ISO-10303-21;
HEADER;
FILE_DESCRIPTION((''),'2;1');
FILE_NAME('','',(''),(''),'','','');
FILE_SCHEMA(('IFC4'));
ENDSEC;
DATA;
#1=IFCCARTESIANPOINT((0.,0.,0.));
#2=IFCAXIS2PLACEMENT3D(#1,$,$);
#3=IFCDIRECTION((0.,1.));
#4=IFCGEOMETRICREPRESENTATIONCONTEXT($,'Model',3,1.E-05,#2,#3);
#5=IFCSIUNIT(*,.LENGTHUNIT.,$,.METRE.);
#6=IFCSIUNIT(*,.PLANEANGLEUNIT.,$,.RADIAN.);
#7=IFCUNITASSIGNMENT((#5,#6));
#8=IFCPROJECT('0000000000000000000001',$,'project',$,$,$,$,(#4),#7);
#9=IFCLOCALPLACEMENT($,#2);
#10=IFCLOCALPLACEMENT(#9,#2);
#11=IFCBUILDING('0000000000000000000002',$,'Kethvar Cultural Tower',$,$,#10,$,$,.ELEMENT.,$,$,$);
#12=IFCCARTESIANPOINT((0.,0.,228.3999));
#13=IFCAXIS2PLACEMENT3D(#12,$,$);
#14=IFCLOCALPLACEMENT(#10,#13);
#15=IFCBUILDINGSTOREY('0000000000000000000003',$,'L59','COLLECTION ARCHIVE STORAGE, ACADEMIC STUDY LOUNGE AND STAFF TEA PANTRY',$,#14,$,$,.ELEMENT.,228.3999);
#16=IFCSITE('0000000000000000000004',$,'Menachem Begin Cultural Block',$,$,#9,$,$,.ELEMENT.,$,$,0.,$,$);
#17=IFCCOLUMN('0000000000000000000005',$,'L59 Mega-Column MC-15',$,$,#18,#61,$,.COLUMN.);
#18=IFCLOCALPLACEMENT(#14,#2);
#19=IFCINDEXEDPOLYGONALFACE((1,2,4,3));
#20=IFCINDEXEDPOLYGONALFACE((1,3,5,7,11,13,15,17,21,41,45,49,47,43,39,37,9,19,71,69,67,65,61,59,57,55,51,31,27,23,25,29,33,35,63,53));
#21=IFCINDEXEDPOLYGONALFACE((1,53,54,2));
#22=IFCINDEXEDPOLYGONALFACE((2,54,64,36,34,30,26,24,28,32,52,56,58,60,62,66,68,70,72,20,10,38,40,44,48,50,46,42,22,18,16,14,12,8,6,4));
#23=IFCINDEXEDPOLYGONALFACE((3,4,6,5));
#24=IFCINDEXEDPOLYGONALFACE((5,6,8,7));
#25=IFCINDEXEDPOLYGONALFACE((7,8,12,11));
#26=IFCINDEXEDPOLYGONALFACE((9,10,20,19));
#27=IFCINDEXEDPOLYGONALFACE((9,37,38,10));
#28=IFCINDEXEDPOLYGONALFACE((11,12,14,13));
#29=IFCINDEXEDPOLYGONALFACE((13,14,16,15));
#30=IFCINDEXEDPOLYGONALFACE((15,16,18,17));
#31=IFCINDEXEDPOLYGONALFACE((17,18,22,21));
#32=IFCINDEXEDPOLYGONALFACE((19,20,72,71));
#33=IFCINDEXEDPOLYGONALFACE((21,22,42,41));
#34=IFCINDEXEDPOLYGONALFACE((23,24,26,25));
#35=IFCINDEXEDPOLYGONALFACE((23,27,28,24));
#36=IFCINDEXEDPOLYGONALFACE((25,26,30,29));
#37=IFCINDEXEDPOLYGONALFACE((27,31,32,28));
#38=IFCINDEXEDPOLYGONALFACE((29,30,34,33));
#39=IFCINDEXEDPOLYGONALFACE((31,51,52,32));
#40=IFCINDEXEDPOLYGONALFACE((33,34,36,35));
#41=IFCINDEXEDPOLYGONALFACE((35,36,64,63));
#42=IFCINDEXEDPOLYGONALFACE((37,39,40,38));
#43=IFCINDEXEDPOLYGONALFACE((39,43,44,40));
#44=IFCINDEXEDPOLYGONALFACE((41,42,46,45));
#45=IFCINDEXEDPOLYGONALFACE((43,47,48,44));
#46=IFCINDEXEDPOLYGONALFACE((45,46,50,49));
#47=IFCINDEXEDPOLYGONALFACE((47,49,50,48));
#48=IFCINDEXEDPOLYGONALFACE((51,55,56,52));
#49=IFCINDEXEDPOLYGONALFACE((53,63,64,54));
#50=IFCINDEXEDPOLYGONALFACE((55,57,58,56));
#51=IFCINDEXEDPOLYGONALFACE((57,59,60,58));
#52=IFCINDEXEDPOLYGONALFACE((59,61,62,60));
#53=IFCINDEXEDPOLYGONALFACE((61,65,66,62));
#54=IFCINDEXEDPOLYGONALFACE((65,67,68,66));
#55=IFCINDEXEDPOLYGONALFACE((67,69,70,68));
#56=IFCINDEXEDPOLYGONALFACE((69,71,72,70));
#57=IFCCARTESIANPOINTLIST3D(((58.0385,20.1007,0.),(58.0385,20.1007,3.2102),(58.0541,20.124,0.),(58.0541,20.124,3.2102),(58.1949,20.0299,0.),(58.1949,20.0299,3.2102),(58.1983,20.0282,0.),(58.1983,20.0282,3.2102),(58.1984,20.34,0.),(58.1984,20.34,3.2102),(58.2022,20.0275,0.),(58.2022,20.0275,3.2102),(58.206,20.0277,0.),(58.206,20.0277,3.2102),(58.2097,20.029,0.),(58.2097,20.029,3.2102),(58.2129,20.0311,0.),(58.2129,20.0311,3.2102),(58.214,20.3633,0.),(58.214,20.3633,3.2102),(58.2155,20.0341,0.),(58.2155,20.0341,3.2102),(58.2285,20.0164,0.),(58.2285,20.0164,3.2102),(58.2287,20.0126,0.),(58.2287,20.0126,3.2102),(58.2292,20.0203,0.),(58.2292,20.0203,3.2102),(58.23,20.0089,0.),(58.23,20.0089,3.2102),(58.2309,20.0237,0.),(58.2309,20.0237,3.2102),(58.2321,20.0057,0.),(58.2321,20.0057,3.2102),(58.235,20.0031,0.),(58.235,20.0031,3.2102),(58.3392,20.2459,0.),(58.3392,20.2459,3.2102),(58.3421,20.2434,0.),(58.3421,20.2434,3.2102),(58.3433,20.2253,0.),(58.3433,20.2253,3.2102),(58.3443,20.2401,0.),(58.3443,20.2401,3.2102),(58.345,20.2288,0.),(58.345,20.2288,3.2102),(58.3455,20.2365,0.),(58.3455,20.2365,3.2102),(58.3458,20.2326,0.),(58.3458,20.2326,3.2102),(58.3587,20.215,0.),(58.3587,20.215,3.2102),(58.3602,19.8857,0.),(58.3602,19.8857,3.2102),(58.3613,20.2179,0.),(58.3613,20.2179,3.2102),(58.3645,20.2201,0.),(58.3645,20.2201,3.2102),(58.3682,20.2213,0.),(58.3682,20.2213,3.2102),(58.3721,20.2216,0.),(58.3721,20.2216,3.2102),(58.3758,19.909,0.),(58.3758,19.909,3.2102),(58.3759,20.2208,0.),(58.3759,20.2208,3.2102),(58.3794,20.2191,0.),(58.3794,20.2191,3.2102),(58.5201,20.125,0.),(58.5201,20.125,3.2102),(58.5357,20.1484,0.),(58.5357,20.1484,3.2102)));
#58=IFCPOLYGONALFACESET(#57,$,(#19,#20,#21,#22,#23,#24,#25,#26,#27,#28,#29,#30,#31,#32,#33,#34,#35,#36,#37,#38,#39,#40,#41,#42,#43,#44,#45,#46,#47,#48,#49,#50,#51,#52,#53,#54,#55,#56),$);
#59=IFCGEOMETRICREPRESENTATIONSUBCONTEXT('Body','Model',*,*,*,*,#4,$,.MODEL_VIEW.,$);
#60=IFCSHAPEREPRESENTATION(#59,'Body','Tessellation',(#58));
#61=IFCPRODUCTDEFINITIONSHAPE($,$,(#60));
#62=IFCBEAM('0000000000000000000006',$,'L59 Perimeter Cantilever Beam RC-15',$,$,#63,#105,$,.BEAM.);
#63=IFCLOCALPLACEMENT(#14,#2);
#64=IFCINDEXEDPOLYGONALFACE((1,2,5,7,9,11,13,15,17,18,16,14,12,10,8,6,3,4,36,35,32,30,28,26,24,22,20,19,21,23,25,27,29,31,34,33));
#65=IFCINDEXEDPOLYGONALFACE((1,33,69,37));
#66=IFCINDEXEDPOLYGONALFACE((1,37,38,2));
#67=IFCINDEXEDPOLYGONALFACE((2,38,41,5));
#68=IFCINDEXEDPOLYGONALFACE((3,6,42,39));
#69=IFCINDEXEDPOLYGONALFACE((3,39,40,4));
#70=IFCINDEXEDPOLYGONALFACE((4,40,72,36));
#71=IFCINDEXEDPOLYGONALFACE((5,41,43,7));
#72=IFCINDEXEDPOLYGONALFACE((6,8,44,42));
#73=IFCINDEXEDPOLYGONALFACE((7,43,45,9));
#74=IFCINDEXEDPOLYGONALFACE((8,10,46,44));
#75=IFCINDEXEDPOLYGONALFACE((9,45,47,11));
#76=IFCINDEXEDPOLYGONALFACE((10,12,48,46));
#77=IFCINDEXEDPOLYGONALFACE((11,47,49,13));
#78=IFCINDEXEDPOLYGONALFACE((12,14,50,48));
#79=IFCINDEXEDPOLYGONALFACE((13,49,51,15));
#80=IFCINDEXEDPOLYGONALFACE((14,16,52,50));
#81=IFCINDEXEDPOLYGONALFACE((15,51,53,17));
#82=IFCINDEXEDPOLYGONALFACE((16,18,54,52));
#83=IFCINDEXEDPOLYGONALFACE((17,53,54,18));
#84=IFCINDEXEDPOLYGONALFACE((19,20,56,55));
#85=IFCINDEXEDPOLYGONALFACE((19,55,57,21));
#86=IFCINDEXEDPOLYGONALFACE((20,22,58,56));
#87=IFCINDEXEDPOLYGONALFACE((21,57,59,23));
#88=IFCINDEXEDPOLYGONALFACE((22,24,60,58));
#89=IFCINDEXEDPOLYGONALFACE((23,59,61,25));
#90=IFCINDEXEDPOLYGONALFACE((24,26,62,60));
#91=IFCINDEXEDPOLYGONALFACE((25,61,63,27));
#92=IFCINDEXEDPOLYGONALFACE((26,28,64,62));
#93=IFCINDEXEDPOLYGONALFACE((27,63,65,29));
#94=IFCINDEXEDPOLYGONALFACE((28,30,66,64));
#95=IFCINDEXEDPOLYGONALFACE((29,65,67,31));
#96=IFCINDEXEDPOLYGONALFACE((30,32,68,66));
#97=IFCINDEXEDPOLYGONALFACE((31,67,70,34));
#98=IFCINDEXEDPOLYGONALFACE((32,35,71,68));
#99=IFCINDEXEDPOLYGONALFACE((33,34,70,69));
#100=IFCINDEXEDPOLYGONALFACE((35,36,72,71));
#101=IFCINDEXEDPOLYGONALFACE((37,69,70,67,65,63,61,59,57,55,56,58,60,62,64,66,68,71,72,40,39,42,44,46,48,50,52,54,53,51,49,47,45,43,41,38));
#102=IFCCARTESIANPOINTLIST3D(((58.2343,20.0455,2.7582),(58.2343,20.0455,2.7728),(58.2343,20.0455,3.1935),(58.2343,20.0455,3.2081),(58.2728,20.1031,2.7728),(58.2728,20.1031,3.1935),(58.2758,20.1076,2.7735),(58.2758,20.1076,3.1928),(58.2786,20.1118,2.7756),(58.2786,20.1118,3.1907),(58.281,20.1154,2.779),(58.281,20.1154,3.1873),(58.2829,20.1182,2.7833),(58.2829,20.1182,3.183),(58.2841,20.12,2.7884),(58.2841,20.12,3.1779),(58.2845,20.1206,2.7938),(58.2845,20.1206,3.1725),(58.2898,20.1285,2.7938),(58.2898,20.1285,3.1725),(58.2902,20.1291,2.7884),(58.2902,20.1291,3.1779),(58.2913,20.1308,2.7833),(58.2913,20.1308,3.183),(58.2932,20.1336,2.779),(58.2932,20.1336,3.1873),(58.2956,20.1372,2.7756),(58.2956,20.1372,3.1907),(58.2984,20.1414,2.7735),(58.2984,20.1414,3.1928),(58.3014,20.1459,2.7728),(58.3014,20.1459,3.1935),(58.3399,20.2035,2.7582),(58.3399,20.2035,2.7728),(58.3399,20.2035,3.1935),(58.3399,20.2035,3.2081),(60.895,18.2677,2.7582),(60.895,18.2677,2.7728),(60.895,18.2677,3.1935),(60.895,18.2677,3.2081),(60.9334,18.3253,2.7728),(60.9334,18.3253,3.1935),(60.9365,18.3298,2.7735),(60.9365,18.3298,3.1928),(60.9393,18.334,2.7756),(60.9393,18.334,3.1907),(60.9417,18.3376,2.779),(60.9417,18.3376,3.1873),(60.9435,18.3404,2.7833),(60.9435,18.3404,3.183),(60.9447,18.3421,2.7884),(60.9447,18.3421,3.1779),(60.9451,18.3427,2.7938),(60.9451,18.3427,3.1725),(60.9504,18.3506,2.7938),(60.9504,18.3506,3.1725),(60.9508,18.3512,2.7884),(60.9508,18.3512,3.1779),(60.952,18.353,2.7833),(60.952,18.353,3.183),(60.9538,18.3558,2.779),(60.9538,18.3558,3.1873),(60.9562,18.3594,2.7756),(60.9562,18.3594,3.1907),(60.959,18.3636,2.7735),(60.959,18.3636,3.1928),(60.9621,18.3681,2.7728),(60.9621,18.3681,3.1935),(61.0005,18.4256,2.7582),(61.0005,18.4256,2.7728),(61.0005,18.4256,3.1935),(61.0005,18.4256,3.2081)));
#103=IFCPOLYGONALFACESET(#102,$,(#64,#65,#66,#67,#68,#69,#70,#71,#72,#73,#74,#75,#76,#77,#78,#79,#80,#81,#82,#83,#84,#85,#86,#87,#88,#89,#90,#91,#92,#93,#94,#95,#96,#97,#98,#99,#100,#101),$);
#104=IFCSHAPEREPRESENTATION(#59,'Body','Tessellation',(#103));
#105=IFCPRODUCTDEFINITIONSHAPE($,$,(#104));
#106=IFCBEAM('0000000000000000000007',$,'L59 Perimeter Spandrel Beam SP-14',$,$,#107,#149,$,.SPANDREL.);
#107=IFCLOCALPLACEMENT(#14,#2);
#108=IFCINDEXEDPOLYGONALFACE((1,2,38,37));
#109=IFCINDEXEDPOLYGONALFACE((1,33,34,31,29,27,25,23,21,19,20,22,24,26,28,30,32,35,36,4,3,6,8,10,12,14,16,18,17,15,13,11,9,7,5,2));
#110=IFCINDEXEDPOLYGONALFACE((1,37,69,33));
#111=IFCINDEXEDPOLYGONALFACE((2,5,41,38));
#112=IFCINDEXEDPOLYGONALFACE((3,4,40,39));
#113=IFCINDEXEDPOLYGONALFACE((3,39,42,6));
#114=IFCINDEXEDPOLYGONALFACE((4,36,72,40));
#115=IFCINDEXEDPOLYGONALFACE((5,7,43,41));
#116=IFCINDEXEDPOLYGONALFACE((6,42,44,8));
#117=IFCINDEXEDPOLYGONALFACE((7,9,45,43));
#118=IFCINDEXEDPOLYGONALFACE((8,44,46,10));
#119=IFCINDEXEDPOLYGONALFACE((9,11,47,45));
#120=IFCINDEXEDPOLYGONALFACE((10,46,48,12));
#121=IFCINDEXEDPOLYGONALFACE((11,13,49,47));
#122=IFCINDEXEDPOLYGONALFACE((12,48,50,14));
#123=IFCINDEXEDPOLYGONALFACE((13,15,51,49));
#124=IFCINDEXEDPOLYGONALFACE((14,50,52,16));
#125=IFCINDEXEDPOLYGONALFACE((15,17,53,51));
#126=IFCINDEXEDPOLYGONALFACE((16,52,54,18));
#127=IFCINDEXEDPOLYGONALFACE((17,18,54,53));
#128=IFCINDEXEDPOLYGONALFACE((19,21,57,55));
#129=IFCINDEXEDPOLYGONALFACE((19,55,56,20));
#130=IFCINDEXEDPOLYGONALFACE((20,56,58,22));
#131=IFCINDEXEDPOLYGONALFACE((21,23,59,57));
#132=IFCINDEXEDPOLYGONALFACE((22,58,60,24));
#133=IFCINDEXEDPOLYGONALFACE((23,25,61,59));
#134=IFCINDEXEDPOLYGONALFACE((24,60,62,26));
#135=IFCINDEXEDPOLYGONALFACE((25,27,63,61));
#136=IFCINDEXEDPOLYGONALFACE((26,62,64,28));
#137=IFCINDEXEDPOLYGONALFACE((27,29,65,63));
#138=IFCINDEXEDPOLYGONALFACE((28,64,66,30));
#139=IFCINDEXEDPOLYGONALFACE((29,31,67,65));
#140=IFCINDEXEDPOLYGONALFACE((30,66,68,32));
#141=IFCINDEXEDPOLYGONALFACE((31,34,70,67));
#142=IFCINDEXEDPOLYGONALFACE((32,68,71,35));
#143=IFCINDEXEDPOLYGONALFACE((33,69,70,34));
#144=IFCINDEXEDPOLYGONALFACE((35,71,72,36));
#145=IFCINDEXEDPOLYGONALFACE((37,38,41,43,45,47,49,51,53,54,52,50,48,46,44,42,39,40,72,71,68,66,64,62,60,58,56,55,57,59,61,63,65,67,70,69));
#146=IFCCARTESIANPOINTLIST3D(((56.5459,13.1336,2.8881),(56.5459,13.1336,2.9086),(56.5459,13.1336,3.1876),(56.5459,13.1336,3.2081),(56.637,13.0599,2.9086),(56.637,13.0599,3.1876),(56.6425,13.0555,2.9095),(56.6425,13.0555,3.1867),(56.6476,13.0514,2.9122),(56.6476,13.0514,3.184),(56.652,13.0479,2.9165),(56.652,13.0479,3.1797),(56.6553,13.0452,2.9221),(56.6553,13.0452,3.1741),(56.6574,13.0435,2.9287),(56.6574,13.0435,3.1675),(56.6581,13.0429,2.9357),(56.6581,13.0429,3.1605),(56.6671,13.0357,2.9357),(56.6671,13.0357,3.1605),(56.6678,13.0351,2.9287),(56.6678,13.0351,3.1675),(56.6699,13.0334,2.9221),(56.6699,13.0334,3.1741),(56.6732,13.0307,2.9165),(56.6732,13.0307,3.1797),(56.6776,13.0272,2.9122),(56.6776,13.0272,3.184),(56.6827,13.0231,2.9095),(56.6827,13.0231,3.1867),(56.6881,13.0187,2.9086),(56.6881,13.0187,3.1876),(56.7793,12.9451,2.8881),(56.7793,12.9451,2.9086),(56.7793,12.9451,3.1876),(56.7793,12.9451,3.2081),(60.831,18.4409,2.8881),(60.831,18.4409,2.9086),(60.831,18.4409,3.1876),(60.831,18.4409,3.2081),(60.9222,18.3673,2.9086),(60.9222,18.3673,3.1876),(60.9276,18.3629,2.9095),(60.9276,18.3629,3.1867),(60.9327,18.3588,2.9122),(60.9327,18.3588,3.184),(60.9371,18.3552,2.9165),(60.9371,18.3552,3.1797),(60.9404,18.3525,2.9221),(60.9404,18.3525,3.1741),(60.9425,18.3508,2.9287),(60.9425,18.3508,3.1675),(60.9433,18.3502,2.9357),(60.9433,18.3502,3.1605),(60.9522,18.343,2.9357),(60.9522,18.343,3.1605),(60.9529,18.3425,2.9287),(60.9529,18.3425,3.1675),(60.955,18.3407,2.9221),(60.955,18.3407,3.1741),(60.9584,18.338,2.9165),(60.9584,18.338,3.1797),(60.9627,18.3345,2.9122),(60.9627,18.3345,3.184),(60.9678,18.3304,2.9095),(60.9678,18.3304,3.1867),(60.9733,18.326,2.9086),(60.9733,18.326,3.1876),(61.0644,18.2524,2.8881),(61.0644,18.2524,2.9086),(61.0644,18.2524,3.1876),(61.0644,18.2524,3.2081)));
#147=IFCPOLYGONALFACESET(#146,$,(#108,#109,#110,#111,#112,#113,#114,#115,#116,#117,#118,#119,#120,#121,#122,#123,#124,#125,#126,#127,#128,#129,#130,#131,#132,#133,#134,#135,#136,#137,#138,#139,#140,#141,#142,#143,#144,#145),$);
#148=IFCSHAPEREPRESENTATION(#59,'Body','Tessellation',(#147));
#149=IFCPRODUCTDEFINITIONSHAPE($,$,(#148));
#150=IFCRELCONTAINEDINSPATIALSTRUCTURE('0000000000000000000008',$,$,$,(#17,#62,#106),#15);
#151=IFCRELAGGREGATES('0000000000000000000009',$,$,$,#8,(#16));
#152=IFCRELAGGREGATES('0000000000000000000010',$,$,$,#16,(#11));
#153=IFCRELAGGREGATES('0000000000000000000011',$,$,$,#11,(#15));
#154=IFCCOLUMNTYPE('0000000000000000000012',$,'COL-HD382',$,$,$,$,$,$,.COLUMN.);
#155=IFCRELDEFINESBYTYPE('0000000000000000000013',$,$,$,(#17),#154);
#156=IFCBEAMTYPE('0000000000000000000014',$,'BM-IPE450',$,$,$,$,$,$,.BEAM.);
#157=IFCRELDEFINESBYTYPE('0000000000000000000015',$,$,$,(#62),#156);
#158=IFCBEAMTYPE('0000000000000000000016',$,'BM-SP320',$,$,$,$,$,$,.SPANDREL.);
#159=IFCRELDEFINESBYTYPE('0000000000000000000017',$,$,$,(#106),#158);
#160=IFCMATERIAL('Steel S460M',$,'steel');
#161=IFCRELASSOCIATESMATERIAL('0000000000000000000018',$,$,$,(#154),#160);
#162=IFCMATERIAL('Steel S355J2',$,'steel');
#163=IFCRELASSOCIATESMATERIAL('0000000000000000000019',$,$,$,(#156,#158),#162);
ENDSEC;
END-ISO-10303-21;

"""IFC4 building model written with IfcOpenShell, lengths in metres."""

from ifc_helpers import new_model, si_unit, direction, frame, origin, origin_2d, place, context, subcontext, project, spatial, i_section, extrude, source, transform, mapped, material, material_profile, profile_set, type_object, element, save


model = new_model("IFC4")

# Units and contexts
model_context = context("Model", 3, precision=1e-05, world=origin(), true_north=direction((0.0, 1.0)))
body_context = subcontext(model_context, "Body", "Model", "MODEL_VIEW")
ifc_project = project(units=[si_unit("LENGTHUNIT", "METRE"), si_unit("PLANEANGLEUNIT", "RADIAN")], contexts=[model_context])

# Site, building, storey
site_placement = place(None, origin())
site = spatial("IfcSite", under=ifc_project, at=site_placement, Name="Menachem Begin Cultural Block", CompositionType="ELEMENT", RefElevation=0.0)
building_placement = place(site_placement, origin())
building = spatial("IfcBuilding", under=site, at=building_placement, Name="Kethvar Cultural Tower", CompositionType="ELEMENT")
storey_placement = place(building_placement, frame((0.0, 0.0, 228.3999)))
storey = spatial("IfcBuildingStorey", under=building, at=storey_placement, Name="L59", Description="COLLECTION ARCHIVE STORAGE, ACADEMIC STUDY LOUNGE AND STAFF TEA PANTRY", CompositionType="ELEMENT", Elevation=228.3999)

# Column
ifc_material_1 = material(Name="Steel S460M", Category="steel")
ifc_material_profile_1 = material_profile(ifc_material_1, i_section(OverallWidth=0.387, OverallDepth=0.3159, WebThickness=0.0186, FlangeThickness=0.0281, FilletRadius=0.0149, at=origin_2d()), Name="Steel S460M — HD400x382")
ifc_profile_set_1 = profile_set([ifc_material_profile_1], Name="Steel S460M — HD400x382")
column_type = type_object("IfcColumnType", Name="COL-HD382", PredefinedType="COLUMN", material=ifc_profile_set_1)
shared_shape_1 = source(origin(), body_context, "Body", "SweptSolid", [
    extrude(i_section(OverallWidth=0.387, OverallDepth=0.3159, WebThickness=0.0186, FlangeThickness=0.0281, FilletRadius=0.0149, at=origin_2d()), origin(), (0.0, 0.0, 1.0), 3.2102),
])
column_placement = place(storey_placement, frame((58.2871, 20.1245, 0.0), z_axis=(0.0, 0.0, 1.0), x_axis=(0.83147, -0.55557, 0.0)))
element("IfcColumn", 1, at=column_placement, inside=storey, type_object=column_type, Name="L59 Mega-Column MC-15", PredefinedType="COLUMN", context=body_context, shape_type="MappedRepresentation", body=[
    mapped(shared_shape_1, transform((0.0, 0.0, 0.0), scale=1.0)),
])

# Beams
ifc_material_2 = material(Name="Steel S355J2", Category="steel")
ifc_material_profile_2 = material_profile(ifc_material_2, i_section(OverallWidth=0.1899, OverallDepth=0.45, WebThickness=0.0095, FlangeThickness=0.0146, FilletRadius=0.021, at=origin_2d()), Name="Steel S355J2 — IPE450")
ifc_profile_set_2 = profile_set([ifc_material_profile_2], Name="Steel S355J2 — IPE450")
beam_type_1 = type_object("IfcBeamType", Name="BM-IPE450", PredefinedType="BEAM", material=ifc_profile_set_2)
shared_shape_2 = source(origin(), body_context, "Body", "SweptSolid", [
    extrude(i_section(OverallWidth=0.1899, OverallDepth=0.45, WebThickness=0.0095, FlangeThickness=0.0146, FilletRadius=0.021, at=origin_2d()), origin(), (0.0, 0.0, 1.0), 3.2),
])
beam_1_placement = place(storey_placement, frame((58.2871, 20.1245, 2.9832), z_axis=(0.831463, -0.55558, 0.0), x_axis=(0.55558, 0.831463, 0.0)))
element("IfcBeam", 2, at=beam_1_placement, inside=storey, type_object=beam_type_1, Name="L59 Perimeter Cantilever Beam RC-15", PredefinedType="BEAM", context=body_context, shape_type="MappedRepresentation", body=[
    mapped(shared_shape_2, transform((0.0, 0.0, 0.0), scale=1.0)),
])
ifc_material_profile_3 = material_profile(ifc_material_2, i_section(OverallWidth=0.3, OverallDepth=0.3201, WebThickness=0.0115, FlangeThickness=0.0205, FilletRadius=0.0271, at=origin_2d()), Name="Steel S355J2 — HEB320")
ifc_profile_set_3 = profile_set([ifc_material_profile_3], Name="Steel S355J2 — HEB320")
beam_type_2 = type_object("IfcBeamType", Name="BM-SP320", PredefinedType="SPANDREL", material=ifc_profile_set_3)
shared_shape_3 = source(origin(), body_context, "Body", "SweptSolid", [
    extrude(i_section(OverallWidth=0.3, OverallDepth=0.3201, WebThickness=0.0115, FlangeThickness=0.0205, FilletRadius=0.0271, at=origin_2d()), origin(), (0.0, 0.0, 1.0), 6.8213),
])
beam_2_placement = place(storey_placement, frame((56.6626, 13.0393, 3.0481), z_axis=(0.628198, 0.778054, 0.0), x_axis=(-0.778054, 0.628198, 0.0)))
element("IfcBeam", 3, at=beam_2_placement, inside=storey, type_object=beam_type_2, Name="L59 Perimeter Spandrel Beam SP-14", PredefinedType="SPANDREL", context=body_context, shape_type="MappedRepresentation", body=[
    mapped(shared_shape_3, transform((0.0, 0.0, 0.0), scale=1.0)),
])

save(model, "model.ifc")
